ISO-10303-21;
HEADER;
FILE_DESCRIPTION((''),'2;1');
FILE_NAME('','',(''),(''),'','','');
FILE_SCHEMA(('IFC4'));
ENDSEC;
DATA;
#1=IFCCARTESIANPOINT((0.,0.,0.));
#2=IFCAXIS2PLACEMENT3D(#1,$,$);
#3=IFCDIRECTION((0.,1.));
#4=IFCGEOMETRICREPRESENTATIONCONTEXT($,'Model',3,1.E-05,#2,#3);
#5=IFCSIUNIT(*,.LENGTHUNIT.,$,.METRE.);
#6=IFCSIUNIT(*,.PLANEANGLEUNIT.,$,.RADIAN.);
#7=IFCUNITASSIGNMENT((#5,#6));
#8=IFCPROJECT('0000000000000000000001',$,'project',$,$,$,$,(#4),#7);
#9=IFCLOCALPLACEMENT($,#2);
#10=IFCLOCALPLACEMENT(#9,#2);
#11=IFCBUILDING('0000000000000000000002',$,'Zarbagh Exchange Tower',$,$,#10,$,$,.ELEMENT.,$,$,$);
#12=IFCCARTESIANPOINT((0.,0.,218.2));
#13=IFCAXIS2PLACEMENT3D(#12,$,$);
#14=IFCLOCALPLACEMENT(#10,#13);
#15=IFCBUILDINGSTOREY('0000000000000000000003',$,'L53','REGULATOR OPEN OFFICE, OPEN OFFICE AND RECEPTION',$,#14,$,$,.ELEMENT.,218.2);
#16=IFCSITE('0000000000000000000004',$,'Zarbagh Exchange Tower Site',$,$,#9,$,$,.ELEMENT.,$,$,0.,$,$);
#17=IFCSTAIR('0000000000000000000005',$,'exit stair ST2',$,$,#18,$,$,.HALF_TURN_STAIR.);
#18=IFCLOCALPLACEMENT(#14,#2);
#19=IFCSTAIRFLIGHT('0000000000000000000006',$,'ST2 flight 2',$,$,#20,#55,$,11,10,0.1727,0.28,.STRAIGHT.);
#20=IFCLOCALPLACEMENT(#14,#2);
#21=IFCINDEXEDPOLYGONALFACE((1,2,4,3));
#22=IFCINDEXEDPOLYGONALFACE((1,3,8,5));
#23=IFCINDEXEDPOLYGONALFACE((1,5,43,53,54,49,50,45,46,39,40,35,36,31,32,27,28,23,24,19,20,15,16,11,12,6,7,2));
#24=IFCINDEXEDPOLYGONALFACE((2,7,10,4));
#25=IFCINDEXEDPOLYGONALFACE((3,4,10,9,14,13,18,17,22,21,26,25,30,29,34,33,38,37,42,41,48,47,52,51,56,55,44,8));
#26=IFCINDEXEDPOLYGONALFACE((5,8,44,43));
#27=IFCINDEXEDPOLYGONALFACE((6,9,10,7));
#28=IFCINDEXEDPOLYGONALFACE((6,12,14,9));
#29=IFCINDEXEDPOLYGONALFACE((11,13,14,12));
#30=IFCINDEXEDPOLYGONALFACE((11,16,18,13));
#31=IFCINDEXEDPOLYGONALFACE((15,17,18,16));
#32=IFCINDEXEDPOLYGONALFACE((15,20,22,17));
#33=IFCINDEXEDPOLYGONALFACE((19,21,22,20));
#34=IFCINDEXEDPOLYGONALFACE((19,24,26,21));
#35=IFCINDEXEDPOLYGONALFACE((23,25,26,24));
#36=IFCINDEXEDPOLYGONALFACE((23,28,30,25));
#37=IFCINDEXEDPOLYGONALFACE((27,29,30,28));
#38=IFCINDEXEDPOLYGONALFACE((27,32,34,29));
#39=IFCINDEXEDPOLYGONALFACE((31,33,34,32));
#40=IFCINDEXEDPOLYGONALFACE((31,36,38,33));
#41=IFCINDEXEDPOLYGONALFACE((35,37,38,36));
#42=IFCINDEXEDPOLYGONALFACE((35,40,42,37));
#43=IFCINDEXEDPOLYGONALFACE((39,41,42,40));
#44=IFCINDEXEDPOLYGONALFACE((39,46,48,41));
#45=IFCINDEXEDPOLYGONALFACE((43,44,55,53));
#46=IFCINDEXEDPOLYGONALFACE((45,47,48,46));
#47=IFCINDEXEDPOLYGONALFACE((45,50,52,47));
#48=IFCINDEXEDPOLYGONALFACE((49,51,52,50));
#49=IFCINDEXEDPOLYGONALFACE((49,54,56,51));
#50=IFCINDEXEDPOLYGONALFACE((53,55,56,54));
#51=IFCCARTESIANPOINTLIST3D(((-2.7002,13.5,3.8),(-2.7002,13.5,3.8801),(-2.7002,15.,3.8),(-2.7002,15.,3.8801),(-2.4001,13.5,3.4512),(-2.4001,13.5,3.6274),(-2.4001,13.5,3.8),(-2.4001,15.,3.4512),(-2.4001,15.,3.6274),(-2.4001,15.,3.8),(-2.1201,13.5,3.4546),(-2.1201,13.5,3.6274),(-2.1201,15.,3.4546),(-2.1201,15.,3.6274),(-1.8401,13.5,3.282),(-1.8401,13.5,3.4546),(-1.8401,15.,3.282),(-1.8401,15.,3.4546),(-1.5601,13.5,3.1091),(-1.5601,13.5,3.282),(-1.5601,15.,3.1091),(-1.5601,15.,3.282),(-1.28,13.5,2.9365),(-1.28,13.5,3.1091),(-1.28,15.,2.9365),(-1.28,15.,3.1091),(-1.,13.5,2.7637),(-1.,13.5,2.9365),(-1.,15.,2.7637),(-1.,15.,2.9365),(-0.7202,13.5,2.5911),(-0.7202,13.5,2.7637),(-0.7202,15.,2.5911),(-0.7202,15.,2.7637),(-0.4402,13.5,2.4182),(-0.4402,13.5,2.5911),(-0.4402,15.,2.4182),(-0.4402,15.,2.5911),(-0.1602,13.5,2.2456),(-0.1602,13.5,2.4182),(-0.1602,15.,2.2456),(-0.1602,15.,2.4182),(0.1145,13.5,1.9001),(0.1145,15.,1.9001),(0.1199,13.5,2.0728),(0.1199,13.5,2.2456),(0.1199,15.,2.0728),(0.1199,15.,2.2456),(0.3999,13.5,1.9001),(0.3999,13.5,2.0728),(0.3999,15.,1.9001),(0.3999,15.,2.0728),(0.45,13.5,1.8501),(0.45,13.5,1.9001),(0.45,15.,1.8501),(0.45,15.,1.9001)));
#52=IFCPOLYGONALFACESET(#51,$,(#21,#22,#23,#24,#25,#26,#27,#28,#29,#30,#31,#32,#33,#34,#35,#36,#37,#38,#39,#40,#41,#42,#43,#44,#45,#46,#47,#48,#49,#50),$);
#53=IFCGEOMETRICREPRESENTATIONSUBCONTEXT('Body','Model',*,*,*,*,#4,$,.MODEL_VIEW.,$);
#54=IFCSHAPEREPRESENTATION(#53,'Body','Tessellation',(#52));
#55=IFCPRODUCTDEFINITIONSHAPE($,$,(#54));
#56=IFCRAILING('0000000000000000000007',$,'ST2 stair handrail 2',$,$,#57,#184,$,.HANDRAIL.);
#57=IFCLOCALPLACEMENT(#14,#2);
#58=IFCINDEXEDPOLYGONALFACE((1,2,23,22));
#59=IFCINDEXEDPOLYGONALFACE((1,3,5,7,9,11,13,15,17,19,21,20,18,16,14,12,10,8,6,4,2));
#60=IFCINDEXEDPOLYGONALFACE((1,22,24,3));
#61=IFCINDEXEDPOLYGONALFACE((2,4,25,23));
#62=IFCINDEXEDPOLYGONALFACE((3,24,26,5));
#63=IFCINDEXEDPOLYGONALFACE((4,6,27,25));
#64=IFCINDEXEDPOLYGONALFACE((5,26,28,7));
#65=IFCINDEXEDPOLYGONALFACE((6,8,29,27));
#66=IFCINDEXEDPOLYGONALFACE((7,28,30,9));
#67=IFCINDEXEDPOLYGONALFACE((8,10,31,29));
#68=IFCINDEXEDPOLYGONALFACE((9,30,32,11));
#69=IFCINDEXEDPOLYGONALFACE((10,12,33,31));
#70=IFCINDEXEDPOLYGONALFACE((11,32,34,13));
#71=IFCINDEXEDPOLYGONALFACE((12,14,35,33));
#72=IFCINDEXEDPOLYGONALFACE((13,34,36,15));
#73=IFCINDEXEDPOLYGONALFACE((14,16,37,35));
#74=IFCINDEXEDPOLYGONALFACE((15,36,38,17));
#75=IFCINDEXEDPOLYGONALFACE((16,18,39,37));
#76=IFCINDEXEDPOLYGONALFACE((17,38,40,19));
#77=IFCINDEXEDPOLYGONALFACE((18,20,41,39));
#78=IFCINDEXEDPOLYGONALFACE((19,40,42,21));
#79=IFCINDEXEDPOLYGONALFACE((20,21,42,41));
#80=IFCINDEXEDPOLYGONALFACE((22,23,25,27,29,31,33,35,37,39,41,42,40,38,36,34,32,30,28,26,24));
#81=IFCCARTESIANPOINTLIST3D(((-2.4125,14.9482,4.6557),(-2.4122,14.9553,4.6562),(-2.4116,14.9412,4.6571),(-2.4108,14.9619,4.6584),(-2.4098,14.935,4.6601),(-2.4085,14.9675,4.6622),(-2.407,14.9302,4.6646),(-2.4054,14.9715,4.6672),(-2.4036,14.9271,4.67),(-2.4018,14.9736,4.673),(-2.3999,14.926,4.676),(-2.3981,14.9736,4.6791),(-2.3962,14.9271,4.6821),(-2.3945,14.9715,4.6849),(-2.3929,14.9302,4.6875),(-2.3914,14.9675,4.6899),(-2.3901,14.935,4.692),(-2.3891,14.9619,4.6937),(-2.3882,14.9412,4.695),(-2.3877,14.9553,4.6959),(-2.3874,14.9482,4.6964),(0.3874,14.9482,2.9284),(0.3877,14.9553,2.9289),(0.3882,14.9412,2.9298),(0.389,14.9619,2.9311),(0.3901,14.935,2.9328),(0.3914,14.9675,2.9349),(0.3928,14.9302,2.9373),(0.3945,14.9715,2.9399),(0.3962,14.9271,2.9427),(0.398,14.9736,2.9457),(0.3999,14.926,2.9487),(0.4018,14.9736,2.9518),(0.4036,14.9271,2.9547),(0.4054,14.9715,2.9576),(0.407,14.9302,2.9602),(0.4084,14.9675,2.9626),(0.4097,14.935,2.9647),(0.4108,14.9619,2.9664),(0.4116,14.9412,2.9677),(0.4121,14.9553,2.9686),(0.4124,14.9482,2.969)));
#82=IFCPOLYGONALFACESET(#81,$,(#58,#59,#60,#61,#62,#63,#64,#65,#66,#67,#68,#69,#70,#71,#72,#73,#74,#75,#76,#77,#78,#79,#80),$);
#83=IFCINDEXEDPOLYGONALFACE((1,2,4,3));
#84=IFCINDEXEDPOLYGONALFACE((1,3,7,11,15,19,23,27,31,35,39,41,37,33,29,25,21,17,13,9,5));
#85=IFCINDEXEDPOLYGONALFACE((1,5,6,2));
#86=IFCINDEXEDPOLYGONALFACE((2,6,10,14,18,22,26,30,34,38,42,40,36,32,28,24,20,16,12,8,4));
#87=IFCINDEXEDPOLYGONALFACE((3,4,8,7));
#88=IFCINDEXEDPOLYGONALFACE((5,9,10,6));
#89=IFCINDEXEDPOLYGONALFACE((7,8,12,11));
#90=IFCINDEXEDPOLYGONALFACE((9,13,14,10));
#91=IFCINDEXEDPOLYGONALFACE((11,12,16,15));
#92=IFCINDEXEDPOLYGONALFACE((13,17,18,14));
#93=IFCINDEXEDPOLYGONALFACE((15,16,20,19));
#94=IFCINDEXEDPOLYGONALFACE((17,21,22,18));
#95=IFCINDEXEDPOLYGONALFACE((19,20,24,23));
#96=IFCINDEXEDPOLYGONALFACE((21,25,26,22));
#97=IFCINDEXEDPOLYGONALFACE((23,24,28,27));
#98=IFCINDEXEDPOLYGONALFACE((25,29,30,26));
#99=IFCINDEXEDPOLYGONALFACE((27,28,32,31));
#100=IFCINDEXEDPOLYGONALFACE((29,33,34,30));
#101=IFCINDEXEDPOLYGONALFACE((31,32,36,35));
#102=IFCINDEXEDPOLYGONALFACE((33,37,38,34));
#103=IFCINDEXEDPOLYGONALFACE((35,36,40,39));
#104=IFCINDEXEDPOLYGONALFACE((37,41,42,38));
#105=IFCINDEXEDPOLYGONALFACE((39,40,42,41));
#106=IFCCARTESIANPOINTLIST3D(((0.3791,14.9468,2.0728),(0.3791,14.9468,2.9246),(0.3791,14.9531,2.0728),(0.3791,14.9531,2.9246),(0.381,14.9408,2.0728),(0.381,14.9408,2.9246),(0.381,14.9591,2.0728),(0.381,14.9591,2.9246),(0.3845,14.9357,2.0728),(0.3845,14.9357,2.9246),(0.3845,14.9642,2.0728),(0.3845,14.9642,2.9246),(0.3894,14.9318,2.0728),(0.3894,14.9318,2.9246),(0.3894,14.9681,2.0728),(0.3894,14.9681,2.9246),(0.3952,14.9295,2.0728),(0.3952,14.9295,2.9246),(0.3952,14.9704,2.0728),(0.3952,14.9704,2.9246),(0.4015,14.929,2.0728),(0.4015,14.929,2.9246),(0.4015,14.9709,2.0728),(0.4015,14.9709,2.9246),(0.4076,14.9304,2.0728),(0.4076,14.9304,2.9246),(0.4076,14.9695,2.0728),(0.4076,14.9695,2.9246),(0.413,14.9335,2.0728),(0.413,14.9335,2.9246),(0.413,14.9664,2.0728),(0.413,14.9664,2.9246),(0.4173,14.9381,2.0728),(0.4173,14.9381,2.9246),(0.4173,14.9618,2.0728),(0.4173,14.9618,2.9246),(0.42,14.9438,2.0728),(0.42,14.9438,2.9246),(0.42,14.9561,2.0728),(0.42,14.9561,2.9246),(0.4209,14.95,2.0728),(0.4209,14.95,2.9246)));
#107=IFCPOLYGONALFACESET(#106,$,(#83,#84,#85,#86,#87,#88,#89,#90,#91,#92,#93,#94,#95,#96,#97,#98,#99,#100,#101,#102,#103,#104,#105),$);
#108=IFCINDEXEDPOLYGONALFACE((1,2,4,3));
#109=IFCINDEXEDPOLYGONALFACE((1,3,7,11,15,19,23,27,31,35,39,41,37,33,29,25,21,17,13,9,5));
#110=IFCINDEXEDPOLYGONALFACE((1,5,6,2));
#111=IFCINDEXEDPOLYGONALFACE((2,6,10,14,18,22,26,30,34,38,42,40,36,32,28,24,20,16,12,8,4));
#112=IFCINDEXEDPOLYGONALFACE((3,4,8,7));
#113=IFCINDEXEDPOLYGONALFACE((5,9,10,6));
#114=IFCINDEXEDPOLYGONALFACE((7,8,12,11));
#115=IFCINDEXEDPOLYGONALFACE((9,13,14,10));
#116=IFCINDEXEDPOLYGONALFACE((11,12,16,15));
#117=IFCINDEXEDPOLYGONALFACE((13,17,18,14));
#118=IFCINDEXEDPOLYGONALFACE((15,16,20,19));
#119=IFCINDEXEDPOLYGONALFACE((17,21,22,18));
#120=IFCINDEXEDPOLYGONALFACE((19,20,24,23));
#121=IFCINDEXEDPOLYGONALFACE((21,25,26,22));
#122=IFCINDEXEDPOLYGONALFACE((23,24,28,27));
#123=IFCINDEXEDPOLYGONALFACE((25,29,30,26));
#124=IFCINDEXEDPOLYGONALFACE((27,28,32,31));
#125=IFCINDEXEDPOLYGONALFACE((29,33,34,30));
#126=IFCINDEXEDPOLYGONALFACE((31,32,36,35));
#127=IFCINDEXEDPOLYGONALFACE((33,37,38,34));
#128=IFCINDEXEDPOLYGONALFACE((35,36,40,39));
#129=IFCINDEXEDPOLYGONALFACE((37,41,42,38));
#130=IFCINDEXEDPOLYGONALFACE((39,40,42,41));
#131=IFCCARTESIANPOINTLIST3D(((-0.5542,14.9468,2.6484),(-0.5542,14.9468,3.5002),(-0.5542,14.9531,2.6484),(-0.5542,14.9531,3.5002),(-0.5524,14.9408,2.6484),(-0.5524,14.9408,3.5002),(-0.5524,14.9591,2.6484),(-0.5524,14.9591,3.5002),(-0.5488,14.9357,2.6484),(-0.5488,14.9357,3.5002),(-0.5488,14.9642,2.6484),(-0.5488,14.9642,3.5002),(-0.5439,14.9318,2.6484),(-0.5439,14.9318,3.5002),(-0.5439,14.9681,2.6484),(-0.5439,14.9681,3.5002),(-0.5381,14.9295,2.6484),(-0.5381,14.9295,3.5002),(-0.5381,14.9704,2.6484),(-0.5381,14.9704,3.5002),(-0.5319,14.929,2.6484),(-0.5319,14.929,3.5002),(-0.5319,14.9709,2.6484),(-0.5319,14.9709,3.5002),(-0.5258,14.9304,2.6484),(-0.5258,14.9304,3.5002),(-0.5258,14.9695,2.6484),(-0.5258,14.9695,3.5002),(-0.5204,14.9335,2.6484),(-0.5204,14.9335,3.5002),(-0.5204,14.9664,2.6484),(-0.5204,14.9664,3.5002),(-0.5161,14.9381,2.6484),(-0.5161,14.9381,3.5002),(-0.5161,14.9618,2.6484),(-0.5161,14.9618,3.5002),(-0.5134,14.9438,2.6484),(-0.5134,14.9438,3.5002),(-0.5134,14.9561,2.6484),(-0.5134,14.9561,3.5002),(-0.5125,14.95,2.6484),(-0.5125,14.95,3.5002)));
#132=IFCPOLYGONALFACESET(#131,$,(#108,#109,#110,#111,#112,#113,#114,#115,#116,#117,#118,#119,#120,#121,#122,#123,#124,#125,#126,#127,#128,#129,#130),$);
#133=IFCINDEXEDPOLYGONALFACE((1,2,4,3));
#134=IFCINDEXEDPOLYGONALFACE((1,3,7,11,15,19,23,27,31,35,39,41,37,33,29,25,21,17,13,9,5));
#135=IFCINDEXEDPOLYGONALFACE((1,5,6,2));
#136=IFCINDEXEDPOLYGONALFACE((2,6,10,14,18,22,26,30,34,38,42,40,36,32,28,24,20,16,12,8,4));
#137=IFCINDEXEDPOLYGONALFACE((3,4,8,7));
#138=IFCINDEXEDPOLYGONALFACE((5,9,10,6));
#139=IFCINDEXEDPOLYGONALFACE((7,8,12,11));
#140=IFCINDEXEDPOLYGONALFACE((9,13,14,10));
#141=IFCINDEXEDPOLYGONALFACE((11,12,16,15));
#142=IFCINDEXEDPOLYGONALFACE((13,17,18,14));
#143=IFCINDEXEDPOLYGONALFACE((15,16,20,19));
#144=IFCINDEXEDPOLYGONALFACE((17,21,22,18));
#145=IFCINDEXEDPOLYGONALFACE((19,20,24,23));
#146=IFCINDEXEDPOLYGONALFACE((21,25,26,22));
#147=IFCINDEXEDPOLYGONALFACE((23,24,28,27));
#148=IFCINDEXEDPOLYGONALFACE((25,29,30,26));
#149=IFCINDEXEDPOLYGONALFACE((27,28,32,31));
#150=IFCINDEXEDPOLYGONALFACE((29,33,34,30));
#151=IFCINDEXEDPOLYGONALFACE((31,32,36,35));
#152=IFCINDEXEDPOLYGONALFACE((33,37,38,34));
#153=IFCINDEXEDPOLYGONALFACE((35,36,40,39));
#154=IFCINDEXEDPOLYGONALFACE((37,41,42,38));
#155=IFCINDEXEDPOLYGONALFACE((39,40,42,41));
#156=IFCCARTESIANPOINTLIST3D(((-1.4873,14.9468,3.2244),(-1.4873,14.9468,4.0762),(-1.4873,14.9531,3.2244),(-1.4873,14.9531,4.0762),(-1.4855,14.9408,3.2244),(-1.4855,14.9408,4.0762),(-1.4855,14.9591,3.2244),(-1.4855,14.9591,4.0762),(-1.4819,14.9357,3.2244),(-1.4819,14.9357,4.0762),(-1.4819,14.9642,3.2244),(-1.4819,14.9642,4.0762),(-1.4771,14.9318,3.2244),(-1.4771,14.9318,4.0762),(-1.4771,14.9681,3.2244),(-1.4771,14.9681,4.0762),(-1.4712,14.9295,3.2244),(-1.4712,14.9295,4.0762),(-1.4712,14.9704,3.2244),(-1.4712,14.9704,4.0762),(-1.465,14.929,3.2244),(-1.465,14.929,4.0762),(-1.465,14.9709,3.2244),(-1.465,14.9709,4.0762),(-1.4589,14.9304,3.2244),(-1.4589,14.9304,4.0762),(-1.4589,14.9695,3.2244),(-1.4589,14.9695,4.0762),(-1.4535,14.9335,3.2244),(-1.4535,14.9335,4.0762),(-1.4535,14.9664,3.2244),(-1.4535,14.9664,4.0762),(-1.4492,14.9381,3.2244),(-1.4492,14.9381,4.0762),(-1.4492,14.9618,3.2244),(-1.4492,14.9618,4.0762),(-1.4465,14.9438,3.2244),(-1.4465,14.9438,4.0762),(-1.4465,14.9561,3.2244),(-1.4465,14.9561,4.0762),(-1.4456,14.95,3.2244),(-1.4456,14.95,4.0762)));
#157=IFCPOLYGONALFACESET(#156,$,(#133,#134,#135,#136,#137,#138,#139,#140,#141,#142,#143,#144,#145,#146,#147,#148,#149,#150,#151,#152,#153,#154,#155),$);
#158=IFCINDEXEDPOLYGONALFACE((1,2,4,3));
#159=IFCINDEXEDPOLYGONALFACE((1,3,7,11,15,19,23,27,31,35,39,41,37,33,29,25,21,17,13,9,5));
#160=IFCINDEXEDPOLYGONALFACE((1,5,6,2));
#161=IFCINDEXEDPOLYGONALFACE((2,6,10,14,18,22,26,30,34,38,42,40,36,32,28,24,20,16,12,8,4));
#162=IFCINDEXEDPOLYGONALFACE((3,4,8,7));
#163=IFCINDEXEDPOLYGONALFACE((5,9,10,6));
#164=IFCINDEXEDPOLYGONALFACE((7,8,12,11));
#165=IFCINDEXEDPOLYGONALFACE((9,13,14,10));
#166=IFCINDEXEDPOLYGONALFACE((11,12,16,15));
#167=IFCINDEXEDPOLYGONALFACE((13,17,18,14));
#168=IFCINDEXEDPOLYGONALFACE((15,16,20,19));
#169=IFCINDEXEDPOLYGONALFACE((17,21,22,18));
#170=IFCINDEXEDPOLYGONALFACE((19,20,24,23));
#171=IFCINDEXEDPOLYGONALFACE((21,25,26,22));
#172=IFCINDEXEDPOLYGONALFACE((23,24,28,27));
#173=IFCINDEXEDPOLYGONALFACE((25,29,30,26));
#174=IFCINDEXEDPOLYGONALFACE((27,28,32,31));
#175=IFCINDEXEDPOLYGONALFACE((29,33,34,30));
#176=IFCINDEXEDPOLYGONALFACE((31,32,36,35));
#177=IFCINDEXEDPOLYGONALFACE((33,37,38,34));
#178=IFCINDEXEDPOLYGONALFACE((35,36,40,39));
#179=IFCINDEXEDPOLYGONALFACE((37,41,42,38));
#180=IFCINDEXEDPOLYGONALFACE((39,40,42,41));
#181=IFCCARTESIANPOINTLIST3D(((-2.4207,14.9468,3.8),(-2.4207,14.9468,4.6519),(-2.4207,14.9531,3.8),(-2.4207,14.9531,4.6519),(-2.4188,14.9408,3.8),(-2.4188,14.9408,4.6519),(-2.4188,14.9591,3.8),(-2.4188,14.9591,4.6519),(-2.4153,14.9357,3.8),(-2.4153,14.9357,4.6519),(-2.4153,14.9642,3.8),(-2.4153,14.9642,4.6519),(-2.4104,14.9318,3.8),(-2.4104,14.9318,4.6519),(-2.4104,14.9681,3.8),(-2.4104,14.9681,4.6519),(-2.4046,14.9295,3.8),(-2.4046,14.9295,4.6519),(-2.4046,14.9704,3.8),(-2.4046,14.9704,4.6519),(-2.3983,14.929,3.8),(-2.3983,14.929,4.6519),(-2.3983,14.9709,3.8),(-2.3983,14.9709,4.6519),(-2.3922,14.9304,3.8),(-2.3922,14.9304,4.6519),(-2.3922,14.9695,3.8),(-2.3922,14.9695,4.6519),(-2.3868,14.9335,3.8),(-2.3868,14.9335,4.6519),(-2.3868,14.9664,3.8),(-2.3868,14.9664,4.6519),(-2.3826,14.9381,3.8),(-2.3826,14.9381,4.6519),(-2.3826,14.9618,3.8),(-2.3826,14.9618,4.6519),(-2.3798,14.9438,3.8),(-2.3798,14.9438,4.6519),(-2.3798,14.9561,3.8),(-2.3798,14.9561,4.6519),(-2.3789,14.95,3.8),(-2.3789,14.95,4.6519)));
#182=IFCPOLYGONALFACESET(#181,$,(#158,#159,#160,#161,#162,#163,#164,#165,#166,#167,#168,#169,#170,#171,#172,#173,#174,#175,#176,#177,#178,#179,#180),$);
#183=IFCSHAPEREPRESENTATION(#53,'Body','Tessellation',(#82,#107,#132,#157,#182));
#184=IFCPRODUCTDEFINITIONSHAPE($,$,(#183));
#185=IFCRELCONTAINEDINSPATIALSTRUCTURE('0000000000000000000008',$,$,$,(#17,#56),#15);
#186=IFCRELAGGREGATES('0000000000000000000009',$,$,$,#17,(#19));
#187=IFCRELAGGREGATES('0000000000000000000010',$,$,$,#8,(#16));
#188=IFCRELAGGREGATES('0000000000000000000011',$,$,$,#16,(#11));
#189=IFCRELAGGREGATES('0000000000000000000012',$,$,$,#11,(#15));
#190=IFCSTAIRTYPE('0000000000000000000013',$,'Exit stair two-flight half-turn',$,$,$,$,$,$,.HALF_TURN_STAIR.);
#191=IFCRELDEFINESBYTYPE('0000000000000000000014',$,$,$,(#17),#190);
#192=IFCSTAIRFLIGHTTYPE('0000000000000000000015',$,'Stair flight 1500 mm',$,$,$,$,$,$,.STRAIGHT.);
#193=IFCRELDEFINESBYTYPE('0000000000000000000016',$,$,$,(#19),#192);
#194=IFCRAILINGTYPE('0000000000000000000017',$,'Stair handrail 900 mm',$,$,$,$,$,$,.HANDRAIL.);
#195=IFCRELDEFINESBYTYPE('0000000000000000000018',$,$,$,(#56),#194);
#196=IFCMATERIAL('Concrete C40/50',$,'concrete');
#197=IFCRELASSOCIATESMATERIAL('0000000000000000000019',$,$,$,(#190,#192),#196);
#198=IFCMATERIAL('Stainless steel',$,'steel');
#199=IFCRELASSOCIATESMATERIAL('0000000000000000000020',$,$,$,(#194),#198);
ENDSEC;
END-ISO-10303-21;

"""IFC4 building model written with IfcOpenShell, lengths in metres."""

from ifc_helpers import new_model, si_unit, direction, frame, origin, origin_2d, place, context, subcontext, project, spatial, polyline, circle, outline, extrude, material, type_object, element, aggregate, save


model = new_model("IFC4")

# Units and contexts
model_context = context("Model", 3, precision=1e-05, world=origin(), true_north=direction((0.0, 1.0)))
body_context = subcontext(model_context, "Body", "Model", "MODEL_VIEW")
ifc_project = project(units=[si_unit("LENGTHUNIT", "METRE"), si_unit("PLANEANGLEUNIT", "RADIAN")], contexts=[model_context])

# Site, building, storey
site_placement = place(None, origin())
site = spatial("IfcSite", under=ifc_project, at=site_placement, Name="Zarbagh Exchange Tower Site", CompositionType="ELEMENT", RefElevation=0.0)
building_placement = place(site_placement, origin())
building = spatial("IfcBuilding", under=site, at=building_placement, Name="Zarbagh Exchange Tower", CompositionType="ELEMENT")
storey_placement = place(building_placement, frame((0.0, 0.0, 218.2)))
storey = spatial("IfcBuildingStorey", under=building, at=storey_placement, Name="L53", Description="REGULATOR OPEN OFFICE, OPEN OFFICE AND RECEPTION", CompositionType="ELEMENT", Elevation=218.2)

# Stair
ifc_material_1 = material(Name="Concrete C40/50", Category="concrete")
stair_type = type_object("IfcStairType", Name="Exit stair two-flight half-turn", PredefinedType="HALF_TURN_STAIR", material=ifc_material_1)
stair_1_placement = place(storey_placement, origin())
stair_1 = element("IfcStair", 1, at=stair_1_placement, inside=storey, type_object=stair_type, Name="exit stair ST2", PredefinedType="HALF_TURN_STAIR")

# Shared definitions
ifc_material_2 = material(Name="Stainless steel", Category="steel")

# Stair flight
stair_flight_type = type_object("IfcStairFlightType", Name="Stair flight 1500 mm", PredefinedType="STRAIGHT", material=ifc_material_1)
stair_flight_placement = place(storey_placement, frame((0.3999, 14.25, 1.9001), z_axis=(0.0, 0.0, 1.0), x_axis=(-1.0, 0.0, 0.0)))
stair_flight = element("IfcStairFlight", 2, at=stair_flight_placement, type_object=stair_flight_type, Name="ST2 flight 2", NumberOfRisers=11, NumberOfTreads=10, PredefinedType="STRAIGHT", RiserHeight=0.1727, TreadLength=0.28, context=body_context, shape_type="SweptSolid", body=[
    extrude(outline(polyline([(-0.05, -0.05), (-0.05, 0.0), (0.0, 0.0), (0.0, 0.1726), (0.28, 0.1726), (0.28, 0.3455), (0.5601, 0.3455), (0.5601, 0.5181), (0.8401, 0.5181), (0.8401, 0.6909), (1.1201, 0.6909), (1.1201, 0.8635), (1.3999, 0.8635), (1.3999, 1.0364), (1.6799, 1.0364), (1.6799, 1.209), (1.96, 1.209), (1.96, 1.3818), (2.24, 1.3818), (2.24, 1.5544), (2.52, 1.5544), (2.52, 1.7273), (2.8, 1.7273), (2.8, 1.8999), (3.1001, 1.98), (3.1001, 1.8999), (2.8, 1.551), (0.2854, 0.0), (-0.05, -0.05)])), frame((0.0, 0.75, 0.0), z_axis=(0.0, -1.0, 0.0), x_axis=(1.0, 0.0, 0.0)), (0.0, 0.0, 1.0), 1.5),
])
aggregate(stair_1, [stair_flight])

# Railing
railing_type = type_object("IfcRailingType", Name="Stair handrail 900 mm", PredefinedType="HANDRAIL", material=ifc_material_2)
railing_placement = place(storey_placement, frame((0.3999, 14.95, 2.0728)))
element("IfcRailing", 3, at=railing_placement, inside=storey, type_object=railing_type, Name="ST2 stair handrail 2", PredefinedType="HANDRAIL", context=body_context, shape_type="SweptSolid", body=[
    extrude(circle(Radius=0.0239, at=origin_2d()), frame((0.0, 0.0, 0.876), z_axis=(-0.851069, 0.0, 0.525054), x_axis=(0.0, -1.0, 0.0)), (0.0, 0.0, 1.0), 3.2898),
    extrude(circle(Radius=0.021, at=origin_2d()), origin(), (0.0, 0.0, 1.0), 0.8518),
    extrude(circle(Radius=0.021, at=origin_2d()), frame((-0.9333, 0.0, 0.5757)), (0.0, 0.0, 1.0), 0.8518),
    extrude(circle(Radius=0.021, at=origin_2d()), frame((-1.8665, 0.0, 1.1516)), (0.0, 0.0, 1.0), 0.8518),
    extrude(circle(Radius=0.021, at=origin_2d()), frame((-2.7998, 0.0, 1.7273)), (0.0, 0.0, 1.0), 0.8518),
])

save(model, "model.ifc")
